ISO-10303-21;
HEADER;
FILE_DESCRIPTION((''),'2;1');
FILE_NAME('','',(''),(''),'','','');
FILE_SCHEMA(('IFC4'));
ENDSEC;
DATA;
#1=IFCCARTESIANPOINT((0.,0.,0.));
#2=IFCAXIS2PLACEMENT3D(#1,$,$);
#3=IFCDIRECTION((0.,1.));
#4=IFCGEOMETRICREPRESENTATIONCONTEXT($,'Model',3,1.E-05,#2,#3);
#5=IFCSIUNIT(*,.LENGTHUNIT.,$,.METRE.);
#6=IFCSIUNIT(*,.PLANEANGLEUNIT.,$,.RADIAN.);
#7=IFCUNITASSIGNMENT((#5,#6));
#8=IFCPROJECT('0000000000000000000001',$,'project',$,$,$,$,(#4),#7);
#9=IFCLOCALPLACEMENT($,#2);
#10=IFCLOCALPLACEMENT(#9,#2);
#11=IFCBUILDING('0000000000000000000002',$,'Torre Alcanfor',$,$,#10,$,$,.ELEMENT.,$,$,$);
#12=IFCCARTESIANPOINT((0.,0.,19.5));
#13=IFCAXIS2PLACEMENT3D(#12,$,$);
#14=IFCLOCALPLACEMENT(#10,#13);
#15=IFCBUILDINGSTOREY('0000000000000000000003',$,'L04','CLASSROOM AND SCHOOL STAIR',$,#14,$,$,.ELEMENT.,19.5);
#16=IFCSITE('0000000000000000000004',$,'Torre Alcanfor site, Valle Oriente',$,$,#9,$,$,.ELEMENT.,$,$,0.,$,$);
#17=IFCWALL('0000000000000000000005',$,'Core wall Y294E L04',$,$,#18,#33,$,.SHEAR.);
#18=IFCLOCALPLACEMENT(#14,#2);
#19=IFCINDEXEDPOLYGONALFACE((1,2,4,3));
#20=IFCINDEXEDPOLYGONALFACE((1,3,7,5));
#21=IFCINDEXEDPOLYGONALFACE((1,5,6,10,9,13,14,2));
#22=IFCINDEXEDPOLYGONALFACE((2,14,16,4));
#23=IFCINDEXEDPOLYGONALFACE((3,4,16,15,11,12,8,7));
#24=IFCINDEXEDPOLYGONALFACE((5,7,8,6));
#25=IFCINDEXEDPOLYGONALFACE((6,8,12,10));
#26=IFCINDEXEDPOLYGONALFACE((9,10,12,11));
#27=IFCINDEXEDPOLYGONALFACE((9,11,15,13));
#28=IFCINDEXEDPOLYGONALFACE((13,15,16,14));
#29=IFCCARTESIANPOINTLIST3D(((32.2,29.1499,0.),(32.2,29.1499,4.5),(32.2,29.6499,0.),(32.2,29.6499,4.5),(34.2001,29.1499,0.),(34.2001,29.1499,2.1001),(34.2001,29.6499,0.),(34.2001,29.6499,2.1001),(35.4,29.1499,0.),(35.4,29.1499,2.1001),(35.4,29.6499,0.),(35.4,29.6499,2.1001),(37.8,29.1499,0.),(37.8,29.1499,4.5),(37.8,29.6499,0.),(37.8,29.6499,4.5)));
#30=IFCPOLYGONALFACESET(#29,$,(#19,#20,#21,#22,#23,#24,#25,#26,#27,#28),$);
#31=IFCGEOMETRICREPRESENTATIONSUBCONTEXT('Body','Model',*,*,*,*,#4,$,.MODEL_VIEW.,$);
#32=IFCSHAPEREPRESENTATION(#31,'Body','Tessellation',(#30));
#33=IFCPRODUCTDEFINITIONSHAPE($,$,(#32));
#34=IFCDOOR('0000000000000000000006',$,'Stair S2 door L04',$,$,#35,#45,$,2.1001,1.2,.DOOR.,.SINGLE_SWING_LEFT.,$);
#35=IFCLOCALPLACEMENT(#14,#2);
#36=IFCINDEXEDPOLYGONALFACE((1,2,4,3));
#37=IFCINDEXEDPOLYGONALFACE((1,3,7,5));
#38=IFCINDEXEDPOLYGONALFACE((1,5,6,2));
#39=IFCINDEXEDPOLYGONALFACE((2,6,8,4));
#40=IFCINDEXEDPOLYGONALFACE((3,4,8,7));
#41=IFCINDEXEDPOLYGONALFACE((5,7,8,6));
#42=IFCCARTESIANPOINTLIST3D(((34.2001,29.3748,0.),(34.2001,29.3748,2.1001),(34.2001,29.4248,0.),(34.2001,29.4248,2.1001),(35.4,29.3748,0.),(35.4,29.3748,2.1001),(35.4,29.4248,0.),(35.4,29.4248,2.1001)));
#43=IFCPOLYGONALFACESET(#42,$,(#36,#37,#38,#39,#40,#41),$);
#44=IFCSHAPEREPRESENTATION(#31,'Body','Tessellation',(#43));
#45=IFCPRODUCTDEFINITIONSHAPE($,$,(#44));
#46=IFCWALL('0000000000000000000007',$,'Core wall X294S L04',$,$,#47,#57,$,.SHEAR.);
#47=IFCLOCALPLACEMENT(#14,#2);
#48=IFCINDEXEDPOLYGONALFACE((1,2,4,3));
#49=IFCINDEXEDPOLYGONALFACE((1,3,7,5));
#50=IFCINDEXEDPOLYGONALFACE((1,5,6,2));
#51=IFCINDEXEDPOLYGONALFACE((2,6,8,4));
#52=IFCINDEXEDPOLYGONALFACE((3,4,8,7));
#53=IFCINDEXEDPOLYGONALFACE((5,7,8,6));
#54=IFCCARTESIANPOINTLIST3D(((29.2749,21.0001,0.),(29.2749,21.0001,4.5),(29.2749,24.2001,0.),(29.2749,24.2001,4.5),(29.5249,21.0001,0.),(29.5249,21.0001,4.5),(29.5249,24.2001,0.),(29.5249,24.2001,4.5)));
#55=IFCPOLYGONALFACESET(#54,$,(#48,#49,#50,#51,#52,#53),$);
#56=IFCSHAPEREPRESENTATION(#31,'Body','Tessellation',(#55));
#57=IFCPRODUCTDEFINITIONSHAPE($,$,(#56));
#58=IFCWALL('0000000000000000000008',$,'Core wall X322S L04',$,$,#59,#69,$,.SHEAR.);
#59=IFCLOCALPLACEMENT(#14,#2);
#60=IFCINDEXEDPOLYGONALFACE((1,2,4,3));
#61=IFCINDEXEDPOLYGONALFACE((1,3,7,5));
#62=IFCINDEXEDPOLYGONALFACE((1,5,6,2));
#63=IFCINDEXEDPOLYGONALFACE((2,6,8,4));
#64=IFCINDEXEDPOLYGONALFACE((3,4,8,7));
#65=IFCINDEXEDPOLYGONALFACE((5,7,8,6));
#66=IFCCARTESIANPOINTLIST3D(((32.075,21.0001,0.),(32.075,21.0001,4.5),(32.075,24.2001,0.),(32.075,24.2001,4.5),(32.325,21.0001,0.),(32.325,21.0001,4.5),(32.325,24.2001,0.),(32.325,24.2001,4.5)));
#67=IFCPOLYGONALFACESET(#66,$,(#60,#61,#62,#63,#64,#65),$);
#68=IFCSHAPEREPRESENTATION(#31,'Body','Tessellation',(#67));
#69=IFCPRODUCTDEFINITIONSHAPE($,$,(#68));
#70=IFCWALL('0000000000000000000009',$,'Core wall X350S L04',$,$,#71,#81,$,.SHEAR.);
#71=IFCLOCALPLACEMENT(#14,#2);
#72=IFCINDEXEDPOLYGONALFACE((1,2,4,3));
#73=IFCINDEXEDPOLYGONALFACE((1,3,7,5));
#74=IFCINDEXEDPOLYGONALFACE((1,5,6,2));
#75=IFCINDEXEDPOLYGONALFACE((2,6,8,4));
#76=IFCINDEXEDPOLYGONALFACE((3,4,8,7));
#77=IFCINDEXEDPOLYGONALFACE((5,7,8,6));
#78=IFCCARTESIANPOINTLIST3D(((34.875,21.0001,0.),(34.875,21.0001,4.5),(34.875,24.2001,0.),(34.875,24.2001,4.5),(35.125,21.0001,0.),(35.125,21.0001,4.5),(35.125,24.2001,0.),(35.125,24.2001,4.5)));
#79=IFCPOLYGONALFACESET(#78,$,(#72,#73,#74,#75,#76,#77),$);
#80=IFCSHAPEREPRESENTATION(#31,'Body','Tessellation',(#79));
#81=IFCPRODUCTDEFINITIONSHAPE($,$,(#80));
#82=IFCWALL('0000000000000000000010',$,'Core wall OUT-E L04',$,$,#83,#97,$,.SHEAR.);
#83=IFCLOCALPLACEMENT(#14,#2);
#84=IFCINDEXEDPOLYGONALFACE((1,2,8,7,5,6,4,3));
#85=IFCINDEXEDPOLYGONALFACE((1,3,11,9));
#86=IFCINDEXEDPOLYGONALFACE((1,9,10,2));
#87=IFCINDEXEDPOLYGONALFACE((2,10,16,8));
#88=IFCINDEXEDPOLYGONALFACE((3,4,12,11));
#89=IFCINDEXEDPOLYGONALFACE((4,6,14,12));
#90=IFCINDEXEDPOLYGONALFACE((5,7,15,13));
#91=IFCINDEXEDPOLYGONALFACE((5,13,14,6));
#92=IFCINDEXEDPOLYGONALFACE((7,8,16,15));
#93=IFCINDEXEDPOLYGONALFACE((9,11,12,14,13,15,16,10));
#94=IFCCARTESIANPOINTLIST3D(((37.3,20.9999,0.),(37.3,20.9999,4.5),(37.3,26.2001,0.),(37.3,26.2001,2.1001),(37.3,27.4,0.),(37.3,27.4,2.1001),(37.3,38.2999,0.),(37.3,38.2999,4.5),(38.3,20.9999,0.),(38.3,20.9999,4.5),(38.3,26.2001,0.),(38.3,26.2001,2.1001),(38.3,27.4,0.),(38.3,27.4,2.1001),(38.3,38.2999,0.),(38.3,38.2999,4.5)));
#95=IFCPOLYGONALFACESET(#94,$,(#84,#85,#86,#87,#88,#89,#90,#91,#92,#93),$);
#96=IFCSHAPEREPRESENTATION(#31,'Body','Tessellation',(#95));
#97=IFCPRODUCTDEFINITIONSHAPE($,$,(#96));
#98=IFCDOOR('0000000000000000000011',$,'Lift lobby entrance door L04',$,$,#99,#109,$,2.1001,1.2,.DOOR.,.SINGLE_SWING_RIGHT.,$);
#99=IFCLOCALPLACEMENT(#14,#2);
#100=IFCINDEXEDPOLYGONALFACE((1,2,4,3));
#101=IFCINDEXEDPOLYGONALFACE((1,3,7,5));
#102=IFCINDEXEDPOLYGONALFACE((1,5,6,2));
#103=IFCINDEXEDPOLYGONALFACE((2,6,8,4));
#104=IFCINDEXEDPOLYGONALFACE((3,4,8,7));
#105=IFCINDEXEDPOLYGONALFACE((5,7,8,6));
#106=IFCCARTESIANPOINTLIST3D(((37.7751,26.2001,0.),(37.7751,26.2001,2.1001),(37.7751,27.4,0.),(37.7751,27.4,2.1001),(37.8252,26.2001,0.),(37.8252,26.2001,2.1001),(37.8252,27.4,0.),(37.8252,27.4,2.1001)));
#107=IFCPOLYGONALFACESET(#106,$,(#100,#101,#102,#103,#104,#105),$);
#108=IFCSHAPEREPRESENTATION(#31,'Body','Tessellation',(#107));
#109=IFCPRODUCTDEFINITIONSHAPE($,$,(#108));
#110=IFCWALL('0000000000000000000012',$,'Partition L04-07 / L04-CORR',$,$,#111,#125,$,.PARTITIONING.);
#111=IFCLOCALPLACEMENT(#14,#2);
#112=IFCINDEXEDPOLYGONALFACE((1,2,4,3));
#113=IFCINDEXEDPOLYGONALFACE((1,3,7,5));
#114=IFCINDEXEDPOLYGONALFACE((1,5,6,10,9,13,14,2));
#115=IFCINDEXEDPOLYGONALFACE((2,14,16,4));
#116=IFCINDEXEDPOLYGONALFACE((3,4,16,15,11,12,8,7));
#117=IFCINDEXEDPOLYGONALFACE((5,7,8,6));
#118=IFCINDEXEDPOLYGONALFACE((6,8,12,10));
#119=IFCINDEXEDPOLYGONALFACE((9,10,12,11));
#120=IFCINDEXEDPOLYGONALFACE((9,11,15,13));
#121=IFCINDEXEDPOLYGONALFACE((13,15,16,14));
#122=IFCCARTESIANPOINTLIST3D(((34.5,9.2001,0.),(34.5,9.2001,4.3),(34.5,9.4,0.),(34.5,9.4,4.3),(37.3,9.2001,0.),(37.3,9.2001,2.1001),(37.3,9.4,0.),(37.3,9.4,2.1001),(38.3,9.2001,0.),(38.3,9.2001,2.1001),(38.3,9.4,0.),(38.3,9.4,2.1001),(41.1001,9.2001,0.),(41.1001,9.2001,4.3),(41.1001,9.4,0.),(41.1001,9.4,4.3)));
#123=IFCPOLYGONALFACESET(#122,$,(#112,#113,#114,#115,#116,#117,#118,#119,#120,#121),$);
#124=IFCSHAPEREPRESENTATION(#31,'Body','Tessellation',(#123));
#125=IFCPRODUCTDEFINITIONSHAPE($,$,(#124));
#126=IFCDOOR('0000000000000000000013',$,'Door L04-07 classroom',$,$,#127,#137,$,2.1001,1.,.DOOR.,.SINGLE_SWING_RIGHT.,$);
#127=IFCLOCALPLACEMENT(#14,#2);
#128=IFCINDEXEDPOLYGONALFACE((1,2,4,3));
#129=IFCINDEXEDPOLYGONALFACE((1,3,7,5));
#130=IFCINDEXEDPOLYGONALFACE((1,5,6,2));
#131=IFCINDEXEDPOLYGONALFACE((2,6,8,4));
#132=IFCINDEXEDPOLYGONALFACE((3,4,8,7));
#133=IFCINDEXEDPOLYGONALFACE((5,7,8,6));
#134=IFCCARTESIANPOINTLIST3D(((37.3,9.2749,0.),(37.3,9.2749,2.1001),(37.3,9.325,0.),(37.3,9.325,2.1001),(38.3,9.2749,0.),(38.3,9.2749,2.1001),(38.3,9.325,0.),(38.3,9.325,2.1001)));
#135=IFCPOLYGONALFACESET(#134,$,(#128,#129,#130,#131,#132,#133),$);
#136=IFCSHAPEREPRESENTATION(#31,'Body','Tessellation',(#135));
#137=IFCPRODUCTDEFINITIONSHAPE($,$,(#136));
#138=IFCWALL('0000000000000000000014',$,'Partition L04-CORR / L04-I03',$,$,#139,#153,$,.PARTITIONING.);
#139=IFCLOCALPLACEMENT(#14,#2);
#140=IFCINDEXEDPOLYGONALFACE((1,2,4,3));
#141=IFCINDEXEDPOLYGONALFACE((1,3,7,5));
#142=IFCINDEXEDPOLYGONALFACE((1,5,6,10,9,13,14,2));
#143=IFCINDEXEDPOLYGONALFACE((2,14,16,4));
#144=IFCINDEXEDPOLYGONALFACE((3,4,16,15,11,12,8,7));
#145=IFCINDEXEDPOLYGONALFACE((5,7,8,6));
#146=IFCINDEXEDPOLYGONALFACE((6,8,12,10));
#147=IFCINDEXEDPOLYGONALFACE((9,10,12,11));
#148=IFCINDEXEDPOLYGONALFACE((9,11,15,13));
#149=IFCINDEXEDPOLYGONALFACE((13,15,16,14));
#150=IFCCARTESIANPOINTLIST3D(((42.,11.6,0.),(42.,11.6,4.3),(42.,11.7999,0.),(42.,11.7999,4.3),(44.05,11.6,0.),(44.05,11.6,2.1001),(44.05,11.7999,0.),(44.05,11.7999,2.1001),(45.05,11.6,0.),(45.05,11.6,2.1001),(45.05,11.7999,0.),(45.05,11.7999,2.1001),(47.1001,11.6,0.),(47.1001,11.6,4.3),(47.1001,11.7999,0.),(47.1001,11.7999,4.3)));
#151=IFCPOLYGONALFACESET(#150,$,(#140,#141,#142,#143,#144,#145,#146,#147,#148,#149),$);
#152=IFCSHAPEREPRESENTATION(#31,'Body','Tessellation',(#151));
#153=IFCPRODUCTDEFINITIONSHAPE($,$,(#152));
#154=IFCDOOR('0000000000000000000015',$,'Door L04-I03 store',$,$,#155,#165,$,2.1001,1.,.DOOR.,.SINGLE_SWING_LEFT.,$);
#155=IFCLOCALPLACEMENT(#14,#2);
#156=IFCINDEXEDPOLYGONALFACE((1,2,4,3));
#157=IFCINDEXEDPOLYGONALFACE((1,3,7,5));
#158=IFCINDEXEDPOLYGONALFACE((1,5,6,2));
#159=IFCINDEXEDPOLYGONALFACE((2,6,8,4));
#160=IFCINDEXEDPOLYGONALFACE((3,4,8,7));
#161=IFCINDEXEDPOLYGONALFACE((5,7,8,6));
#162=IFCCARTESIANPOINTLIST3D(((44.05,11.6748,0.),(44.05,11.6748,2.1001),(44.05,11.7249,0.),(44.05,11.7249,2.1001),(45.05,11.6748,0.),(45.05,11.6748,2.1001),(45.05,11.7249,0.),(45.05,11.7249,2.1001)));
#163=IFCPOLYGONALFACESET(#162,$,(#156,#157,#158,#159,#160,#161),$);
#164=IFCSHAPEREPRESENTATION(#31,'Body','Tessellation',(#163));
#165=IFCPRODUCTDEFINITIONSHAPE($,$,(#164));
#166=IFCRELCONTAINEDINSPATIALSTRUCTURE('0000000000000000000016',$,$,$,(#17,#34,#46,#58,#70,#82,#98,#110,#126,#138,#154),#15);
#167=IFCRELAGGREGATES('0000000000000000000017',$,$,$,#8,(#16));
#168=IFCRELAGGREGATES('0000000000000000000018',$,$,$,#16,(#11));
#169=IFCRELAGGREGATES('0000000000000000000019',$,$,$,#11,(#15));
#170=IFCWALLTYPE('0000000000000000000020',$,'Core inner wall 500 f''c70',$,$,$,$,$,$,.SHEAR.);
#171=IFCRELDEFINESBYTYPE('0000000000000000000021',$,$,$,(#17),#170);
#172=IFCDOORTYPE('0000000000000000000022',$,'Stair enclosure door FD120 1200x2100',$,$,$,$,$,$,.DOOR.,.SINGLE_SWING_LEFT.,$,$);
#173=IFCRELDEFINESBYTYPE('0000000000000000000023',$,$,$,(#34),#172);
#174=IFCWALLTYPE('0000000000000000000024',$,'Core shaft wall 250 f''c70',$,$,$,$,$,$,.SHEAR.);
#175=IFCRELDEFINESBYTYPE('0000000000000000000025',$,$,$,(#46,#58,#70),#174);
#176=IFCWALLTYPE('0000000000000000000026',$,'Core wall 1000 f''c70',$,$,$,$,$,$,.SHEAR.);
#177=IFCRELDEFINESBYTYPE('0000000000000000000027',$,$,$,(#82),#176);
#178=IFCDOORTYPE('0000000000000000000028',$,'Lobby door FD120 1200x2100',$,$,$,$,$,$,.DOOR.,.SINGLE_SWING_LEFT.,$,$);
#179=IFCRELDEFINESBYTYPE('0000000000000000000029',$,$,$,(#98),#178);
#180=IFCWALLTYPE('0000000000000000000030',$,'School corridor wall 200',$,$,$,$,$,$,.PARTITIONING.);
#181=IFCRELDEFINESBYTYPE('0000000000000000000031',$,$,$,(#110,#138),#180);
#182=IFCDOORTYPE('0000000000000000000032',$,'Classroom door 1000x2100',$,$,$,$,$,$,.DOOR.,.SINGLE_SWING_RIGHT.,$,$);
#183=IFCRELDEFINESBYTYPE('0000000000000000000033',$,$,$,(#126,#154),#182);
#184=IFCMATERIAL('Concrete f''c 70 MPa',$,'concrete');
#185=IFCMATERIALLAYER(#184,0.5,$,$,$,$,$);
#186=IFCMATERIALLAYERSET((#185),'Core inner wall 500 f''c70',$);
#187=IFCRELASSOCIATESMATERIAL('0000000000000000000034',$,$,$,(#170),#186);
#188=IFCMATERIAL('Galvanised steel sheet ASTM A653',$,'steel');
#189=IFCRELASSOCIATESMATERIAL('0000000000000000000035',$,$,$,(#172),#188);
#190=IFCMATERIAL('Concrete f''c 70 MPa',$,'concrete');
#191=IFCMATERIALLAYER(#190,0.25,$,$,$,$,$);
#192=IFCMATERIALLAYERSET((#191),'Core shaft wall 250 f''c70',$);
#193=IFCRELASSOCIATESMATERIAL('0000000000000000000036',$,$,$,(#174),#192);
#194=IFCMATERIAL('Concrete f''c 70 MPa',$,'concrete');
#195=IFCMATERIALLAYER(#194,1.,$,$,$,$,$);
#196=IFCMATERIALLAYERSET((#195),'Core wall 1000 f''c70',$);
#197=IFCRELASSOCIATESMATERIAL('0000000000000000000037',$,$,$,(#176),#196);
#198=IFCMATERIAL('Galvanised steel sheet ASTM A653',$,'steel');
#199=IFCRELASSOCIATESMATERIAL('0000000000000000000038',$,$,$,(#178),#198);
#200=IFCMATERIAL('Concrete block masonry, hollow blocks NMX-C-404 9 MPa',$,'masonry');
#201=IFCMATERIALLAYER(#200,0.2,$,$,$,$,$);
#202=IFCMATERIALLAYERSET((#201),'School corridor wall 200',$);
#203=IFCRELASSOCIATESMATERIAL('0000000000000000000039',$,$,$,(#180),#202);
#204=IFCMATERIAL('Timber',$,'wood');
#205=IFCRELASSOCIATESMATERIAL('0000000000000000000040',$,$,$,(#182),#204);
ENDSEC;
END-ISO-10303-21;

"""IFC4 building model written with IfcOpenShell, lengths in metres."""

from ifc_helpers import new_model, si_unit, direction, frame, frame_2d, origin, place, context, subcontext, project, spatial, rectangle, extrude, material, layer, layer_set, type_object, element, fill, save


model = new_model("IFC4")

# Units and contexts
model_context = context("Model", 3, precision=1e-05, world=origin(), true_north=direction((0.0, 1.0)))
body_context = subcontext(model_context, "Body", "Model", "MODEL_VIEW")
ifc_project = project(units=[si_unit("LENGTHUNIT", "METRE"), si_unit("PLANEANGLEUNIT", "RADIAN")], contexts=[model_context])

# Site, building, storey
site_placement = place(None, origin())
site = spatial("IfcSite", under=ifc_project, at=site_placement, Name="Torre Alcanfor site, Valle Oriente", CompositionType="ELEMENT", RefElevation=0.0)
building_placement = place(site_placement, origin())
building = spatial("IfcBuilding", under=site, at=building_placement, Name="Torre Alcanfor", CompositionType="ELEMENT")
storey_placement = place(building_placement, frame((0.0, 0.0, 19.5)))
storey = spatial("IfcBuildingStorey", under=building, at=storey_placement, Name="L04", Description="CLASSROOM AND SCHOOL STAIR", CompositionType="ELEMENT", Elevation=19.5)

# Shared definitions
ifc_material_1 = material(Name="Concrete f'c 70 MPa", Category="concrete")
ifc_layer_1 = layer(ifc_material_1, 0.5)
ifc_layer_set_1 = layer_set([ifc_layer_1], Name="Core inner wall 500 f'c70")
wall_type_1 = type_object("IfcWallType", Name="Core inner wall 500 f'c70", PredefinedType="SHEAR", material=ifc_layer_set_1)

# Wall, opening, door
wall_1_placement = place(storey_placement, frame((32.2, 29.3999, 0.0), z_axis=(0.0, 0.0, 1.0), x_axis=(1.0, 0.0, 0.0)))
wall_1 = element("IfcWall", 1, at=wall_1_placement, inside=storey, type_object=wall_type_1, Name="Core wall Y294E L04", PredefinedType="SHEAR", context=body_context, shape_type="SweptSolid", body=[
    extrude(rectangle(XDim=5.6001, YDim=0.5, at=frame_2d((2.8, 0.0))), origin(), (0.0, 0.0, 1.0), 4.5),
])
opening_1_placement = place(wall_1_placement, frame((2.0, 0.0, 0.0)))
opening_1 = element("IfcOpeningElement", 2, at=opening_1_placement, cuts=wall_1, PredefinedType="OPENING", context=body_context, shape_type="SweptSolid", body=[
    extrude(rectangle(XDim=1.2, YDim=2.1001, at=frame_2d((0.6001, 1.05))), frame((0.0, 0.26, 0.0), z_axis=(0.0, -1.0, 0.0), x_axis=(1.0, 0.0, 0.0)), (0.0, 0.0, 1.0), 0.52),
])
ifc_material_2 = material(Name="Galvanised steel sheet ASTM A653", Category="steel")
door_type_1 = type_object("IfcDoorType", Name="Stair enclosure door FD120 1200x2100", OperationType="SINGLE_SWING_LEFT", PredefinedType="DOOR", material=ifc_material_2)
door_1_placement = place(opening_1_placement, origin())
door_1 = element("IfcDoor", 3, at=door_1_placement, inside=storey, type_object=door_type_1, Name="Stair S2 door L04", OperationType="SINGLE_SWING_LEFT", OverallHeight=2.1001, OverallWidth=1.2, PredefinedType="DOOR", context=body_context, shape_type="SweptSolid", body=[
    extrude(rectangle(XDim=1.2, YDim=2.1001, at=frame_2d((0.6001, 1.05))), frame((0.0, 0.0249, 0.0), z_axis=(0.0, -1.0, 0.0), x_axis=(1.0, 0.0, 0.0)), (0.0, 0.0, 1.0), 0.05),
])
fill(opening_1, door_1)

# Walls
ifc_material_3 = material(Name="Concrete f'c 70 MPa", Category="concrete")
ifc_layer_2 = layer(ifc_material_3, 0.25)
ifc_layer_set_2 = layer_set([ifc_layer_2], Name="Core shaft wall 250 f'c70")
wall_type_2 = type_object("IfcWallType", Name="Core shaft wall 250 f'c70", PredefinedType="SHEAR", material=ifc_layer_set_2)
for number, where, z_axis, x_axis, name in (
    (4, (29.3999, 21.0, 0.0), (0.0, 0.0, 1.0), (0.0, 1.0, 0.0), "Core wall X294S L04"),
    (5, (32.2, 21.0, 0.0), (0.0, 0.0, 1.0), (0.0, 1.0, 0.0), "Core wall X322S L04"),
    (6, (35.0, 21.0, 0.0), (0.0, 0.0, 1.0), (0.0, 1.0, 0.0), "Core wall X350S L04"),
):
    element("IfcWall", number, at=place(storey_placement, frame(where, z_axis=z_axis, x_axis=x_axis)), inside=storey, type_object=wall_type_2, Name=name, PredefinedType="SHEAR", context=body_context, shape_type="SweptSolid", body=[
        extrude(rectangle(XDim=3.2, YDim=0.25, at=frame_2d((1.6001, 0.0))), origin(), (0.0, 0.0, 1.0), 4.5),
    ])

# Walls, openings, doors
ifc_material_4 = material(Name="Concrete f'c 70 MPa", Category="concrete")
ifc_layer_3 = layer(ifc_material_4, 1.0)
ifc_layer_set_3 = layer_set([ifc_layer_3], Name="Core wall 1000 f'c70")
wall_type_3 = type_object("IfcWallType", Name="Core wall 1000 f'c70", PredefinedType="SHEAR", material=ifc_layer_set_3)
wall_2_placement = place(storey_placement, frame((37.8, 21.0, 0.0), z_axis=(0.0, 0.0, 1.0), x_axis=(0.0, 1.0, 0.0)))
wall_2 = element("IfcWall", 7, at=wall_2_placement, inside=storey, type_object=wall_type_3, Name="Core wall OUT-E L04", PredefinedType="SHEAR", context=body_context, shape_type="SweptSolid", body=[
    extrude(rectangle(XDim=17.3, YDim=1.0, at=frame_2d((8.6499, 0.0))), origin(), (0.0, 0.0, 1.0), 4.5),
])
opening_2_placement = place(wall_2_placement, frame((5.2, 0.0, 0.0)))
opening_2 = element("IfcOpeningElement", 8, at=opening_2_placement, cuts=wall_2, PredefinedType="OPENING", context=body_context, shape_type="SweptSolid", body=[
    extrude(rectangle(XDim=1.2, YDim=2.1001, at=frame_2d((0.6001, 1.05))), frame((0.0, 0.51, 0.0), z_axis=(0.0, -1.0, 0.0), x_axis=(1.0, 0.0, 0.0)), (0.0, 0.0, 1.0), 1.02),
])
ifc_material_5 = material(Name="Galvanised steel sheet ASTM A653", Category="steel")
door_type_2 = type_object("IfcDoorType", Name="Lobby door FD120 1200x2100", OperationType="SINGLE_SWING_LEFT", PredefinedType="DOOR", material=ifc_material_5)
door_2_placement = place(opening_2_placement, frame((1.2, 0.0, 0.0), z_axis=(0.0, 0.0, 1.0), x_axis=(-1.0, 0.0, 0.0)))
door_2 = element("IfcDoor", 9, at=door_2_placement, inside=storey, type_object=door_type_2, Name="Lift lobby entrance door L04", OperationType="SINGLE_SWING_RIGHT", OverallHeight=2.1001, OverallWidth=1.2, PredefinedType="DOOR", context=body_context, shape_type="SweptSolid", body=[
    extrude(rectangle(XDim=1.2, YDim=2.1001, at=frame_2d((0.5999, 1.05))), frame((0.0, 0.0251, 0.0), z_axis=(0.0, -1.0, 0.0), x_axis=(1.0, 0.0, 0.0)), (0.0, 0.0, 1.0), 0.05),
])
fill(opening_2, door_2)
ifc_material_6 = material(Name="Concrete block masonry, hollow blocks NMX-C-404 9 MPa", Category="masonry")
ifc_layer_4 = layer(ifc_material_6, 0.2)
ifc_layer_set_4 = layer_set([ifc_layer_4], Name="School corridor wall 200")
wall_type_4 = type_object("IfcWallType", Name="School corridor wall 200", PredefinedType="PARTITIONING", material=ifc_layer_set_4)
wall_3_placement = place(storey_placement, frame((34.5, 9.3, 0.0), z_axis=(0.0, 0.0, 1.0), x_axis=(1.0, 0.0, 0.0)))
wall_3 = element("IfcWall", 10, at=wall_3_placement, inside=storey, type_object=wall_type_4, Name="Partition L04-07 / L04-CORR", PredefinedType="PARTITIONING", context=body_context, shape_type="SweptSolid", body=[
    extrude(rectangle(XDim=6.6001, YDim=0.2, at=frame_2d((3.3, 0.0))), origin(), (0.0, 0.0, 1.0), 4.3),
])
opening_3_placement = place(wall_3_placement, frame((2.8, 0.0, 0.0)))
opening_3 = element("IfcOpeningElement", 11, at=opening_3_placement, cuts=wall_3, PredefinedType="OPENING", context=body_context, shape_type="SweptSolid", body=[
    extrude(rectangle(XDim=1.0, YDim=2.1001, at=frame_2d((0.5, 1.05))), frame((0.0, 0.1099, 0.0), z_axis=(0.0, -1.0, 0.0), x_axis=(1.0, 0.0, 0.0)), (0.0, 0.0, 1.0), 0.22),
])
ifc_material_7 = material(Name="Timber", Category="wood")
door_type_3 = type_object("IfcDoorType", Name="Classroom door 1000x2100", OperationType="SINGLE_SWING_RIGHT", PredefinedType="DOOR", material=ifc_material_7)
door_3_placement = place(opening_3_placement, frame((1.0, 0.0, 0.0), z_axis=(0.0, 0.0, 1.0), x_axis=(-1.0, 0.0, 0.0)))
door_3 = element("IfcDoor", 12, at=door_3_placement, inside=storey, type_object=door_type_3, Name="Door L04-07 classroom", OperationType="SINGLE_SWING_RIGHT", OverallHeight=2.1001, OverallWidth=1.0, PredefinedType="DOOR", context=body_context, shape_type="SweptSolid", body=[
    extrude(rectangle(XDim=1.0, YDim=2.1001, at=frame_2d((0.5, 1.05))), frame((0.0, 0.0251, 0.0), z_axis=(0.0, -1.0, 0.0), x_axis=(1.0, 0.0, 0.0)), (0.0, 0.0, 1.0), 0.05),
])
fill(opening_3, door_3)
wall_4_placement = place(storey_placement, frame((42.0, 11.7, 0.0), z_axis=(0.0, 0.0, 1.0), x_axis=(1.0, 0.0, 0.0)))
wall_4 = element("IfcWall", 13, at=wall_4_placement, inside=storey, type_object=wall_type_4, Name="Partition L04-CORR / L04-I03", PredefinedType="PARTITIONING", context=body_context, shape_type="SweptSolid", body=[
    extrude(rectangle(XDim=5.1001, YDim=0.2, at=frame_2d((2.55, 0.0))), origin(), (0.0, 0.0, 1.0), 4.3),
])
opening_4_placement = place(wall_4_placement, frame((2.05, 0.0, 0.0)))
opening_4 = element("IfcOpeningElement", 14, at=opening_4_placement, cuts=wall_4, PredefinedType="OPENING", context=body_context, shape_type="SweptSolid", body=[
    extrude(rectangle(XDim=1.0, YDim=2.1001, at=frame_2d((0.5, 1.05))), frame((0.0, 0.1099, 0.0), z_axis=(0.0, -1.0, 0.0), x_axis=(1.0, 0.0, 0.0)), (0.0, 0.0, 1.0), 0.22),
])
door_4_placement = place(opening_4_placement, origin())
door_4 = element("IfcDoor", 15, at=door_4_placement, inside=storey, type_object=door_type_3, Name="Door L04-I03 store", OperationType="SINGLE_SWING_LEFT", OverallHeight=2.1001, OverallWidth=1.0, PredefinedType="DOOR", context=body_context, shape_type="SweptSolid", body=[
    extrude(rectangle(XDim=1.0, YDim=2.1001, at=frame_2d((0.5, 1.05))), frame((0.0, 0.0249, 0.0), z_axis=(0.0, -1.0, 0.0), x_axis=(1.0, 0.0, 0.0)), (0.0, 0.0, 1.0), 0.05),
])
fill(opening_4, door_4)

save(model, "model.ifc")
